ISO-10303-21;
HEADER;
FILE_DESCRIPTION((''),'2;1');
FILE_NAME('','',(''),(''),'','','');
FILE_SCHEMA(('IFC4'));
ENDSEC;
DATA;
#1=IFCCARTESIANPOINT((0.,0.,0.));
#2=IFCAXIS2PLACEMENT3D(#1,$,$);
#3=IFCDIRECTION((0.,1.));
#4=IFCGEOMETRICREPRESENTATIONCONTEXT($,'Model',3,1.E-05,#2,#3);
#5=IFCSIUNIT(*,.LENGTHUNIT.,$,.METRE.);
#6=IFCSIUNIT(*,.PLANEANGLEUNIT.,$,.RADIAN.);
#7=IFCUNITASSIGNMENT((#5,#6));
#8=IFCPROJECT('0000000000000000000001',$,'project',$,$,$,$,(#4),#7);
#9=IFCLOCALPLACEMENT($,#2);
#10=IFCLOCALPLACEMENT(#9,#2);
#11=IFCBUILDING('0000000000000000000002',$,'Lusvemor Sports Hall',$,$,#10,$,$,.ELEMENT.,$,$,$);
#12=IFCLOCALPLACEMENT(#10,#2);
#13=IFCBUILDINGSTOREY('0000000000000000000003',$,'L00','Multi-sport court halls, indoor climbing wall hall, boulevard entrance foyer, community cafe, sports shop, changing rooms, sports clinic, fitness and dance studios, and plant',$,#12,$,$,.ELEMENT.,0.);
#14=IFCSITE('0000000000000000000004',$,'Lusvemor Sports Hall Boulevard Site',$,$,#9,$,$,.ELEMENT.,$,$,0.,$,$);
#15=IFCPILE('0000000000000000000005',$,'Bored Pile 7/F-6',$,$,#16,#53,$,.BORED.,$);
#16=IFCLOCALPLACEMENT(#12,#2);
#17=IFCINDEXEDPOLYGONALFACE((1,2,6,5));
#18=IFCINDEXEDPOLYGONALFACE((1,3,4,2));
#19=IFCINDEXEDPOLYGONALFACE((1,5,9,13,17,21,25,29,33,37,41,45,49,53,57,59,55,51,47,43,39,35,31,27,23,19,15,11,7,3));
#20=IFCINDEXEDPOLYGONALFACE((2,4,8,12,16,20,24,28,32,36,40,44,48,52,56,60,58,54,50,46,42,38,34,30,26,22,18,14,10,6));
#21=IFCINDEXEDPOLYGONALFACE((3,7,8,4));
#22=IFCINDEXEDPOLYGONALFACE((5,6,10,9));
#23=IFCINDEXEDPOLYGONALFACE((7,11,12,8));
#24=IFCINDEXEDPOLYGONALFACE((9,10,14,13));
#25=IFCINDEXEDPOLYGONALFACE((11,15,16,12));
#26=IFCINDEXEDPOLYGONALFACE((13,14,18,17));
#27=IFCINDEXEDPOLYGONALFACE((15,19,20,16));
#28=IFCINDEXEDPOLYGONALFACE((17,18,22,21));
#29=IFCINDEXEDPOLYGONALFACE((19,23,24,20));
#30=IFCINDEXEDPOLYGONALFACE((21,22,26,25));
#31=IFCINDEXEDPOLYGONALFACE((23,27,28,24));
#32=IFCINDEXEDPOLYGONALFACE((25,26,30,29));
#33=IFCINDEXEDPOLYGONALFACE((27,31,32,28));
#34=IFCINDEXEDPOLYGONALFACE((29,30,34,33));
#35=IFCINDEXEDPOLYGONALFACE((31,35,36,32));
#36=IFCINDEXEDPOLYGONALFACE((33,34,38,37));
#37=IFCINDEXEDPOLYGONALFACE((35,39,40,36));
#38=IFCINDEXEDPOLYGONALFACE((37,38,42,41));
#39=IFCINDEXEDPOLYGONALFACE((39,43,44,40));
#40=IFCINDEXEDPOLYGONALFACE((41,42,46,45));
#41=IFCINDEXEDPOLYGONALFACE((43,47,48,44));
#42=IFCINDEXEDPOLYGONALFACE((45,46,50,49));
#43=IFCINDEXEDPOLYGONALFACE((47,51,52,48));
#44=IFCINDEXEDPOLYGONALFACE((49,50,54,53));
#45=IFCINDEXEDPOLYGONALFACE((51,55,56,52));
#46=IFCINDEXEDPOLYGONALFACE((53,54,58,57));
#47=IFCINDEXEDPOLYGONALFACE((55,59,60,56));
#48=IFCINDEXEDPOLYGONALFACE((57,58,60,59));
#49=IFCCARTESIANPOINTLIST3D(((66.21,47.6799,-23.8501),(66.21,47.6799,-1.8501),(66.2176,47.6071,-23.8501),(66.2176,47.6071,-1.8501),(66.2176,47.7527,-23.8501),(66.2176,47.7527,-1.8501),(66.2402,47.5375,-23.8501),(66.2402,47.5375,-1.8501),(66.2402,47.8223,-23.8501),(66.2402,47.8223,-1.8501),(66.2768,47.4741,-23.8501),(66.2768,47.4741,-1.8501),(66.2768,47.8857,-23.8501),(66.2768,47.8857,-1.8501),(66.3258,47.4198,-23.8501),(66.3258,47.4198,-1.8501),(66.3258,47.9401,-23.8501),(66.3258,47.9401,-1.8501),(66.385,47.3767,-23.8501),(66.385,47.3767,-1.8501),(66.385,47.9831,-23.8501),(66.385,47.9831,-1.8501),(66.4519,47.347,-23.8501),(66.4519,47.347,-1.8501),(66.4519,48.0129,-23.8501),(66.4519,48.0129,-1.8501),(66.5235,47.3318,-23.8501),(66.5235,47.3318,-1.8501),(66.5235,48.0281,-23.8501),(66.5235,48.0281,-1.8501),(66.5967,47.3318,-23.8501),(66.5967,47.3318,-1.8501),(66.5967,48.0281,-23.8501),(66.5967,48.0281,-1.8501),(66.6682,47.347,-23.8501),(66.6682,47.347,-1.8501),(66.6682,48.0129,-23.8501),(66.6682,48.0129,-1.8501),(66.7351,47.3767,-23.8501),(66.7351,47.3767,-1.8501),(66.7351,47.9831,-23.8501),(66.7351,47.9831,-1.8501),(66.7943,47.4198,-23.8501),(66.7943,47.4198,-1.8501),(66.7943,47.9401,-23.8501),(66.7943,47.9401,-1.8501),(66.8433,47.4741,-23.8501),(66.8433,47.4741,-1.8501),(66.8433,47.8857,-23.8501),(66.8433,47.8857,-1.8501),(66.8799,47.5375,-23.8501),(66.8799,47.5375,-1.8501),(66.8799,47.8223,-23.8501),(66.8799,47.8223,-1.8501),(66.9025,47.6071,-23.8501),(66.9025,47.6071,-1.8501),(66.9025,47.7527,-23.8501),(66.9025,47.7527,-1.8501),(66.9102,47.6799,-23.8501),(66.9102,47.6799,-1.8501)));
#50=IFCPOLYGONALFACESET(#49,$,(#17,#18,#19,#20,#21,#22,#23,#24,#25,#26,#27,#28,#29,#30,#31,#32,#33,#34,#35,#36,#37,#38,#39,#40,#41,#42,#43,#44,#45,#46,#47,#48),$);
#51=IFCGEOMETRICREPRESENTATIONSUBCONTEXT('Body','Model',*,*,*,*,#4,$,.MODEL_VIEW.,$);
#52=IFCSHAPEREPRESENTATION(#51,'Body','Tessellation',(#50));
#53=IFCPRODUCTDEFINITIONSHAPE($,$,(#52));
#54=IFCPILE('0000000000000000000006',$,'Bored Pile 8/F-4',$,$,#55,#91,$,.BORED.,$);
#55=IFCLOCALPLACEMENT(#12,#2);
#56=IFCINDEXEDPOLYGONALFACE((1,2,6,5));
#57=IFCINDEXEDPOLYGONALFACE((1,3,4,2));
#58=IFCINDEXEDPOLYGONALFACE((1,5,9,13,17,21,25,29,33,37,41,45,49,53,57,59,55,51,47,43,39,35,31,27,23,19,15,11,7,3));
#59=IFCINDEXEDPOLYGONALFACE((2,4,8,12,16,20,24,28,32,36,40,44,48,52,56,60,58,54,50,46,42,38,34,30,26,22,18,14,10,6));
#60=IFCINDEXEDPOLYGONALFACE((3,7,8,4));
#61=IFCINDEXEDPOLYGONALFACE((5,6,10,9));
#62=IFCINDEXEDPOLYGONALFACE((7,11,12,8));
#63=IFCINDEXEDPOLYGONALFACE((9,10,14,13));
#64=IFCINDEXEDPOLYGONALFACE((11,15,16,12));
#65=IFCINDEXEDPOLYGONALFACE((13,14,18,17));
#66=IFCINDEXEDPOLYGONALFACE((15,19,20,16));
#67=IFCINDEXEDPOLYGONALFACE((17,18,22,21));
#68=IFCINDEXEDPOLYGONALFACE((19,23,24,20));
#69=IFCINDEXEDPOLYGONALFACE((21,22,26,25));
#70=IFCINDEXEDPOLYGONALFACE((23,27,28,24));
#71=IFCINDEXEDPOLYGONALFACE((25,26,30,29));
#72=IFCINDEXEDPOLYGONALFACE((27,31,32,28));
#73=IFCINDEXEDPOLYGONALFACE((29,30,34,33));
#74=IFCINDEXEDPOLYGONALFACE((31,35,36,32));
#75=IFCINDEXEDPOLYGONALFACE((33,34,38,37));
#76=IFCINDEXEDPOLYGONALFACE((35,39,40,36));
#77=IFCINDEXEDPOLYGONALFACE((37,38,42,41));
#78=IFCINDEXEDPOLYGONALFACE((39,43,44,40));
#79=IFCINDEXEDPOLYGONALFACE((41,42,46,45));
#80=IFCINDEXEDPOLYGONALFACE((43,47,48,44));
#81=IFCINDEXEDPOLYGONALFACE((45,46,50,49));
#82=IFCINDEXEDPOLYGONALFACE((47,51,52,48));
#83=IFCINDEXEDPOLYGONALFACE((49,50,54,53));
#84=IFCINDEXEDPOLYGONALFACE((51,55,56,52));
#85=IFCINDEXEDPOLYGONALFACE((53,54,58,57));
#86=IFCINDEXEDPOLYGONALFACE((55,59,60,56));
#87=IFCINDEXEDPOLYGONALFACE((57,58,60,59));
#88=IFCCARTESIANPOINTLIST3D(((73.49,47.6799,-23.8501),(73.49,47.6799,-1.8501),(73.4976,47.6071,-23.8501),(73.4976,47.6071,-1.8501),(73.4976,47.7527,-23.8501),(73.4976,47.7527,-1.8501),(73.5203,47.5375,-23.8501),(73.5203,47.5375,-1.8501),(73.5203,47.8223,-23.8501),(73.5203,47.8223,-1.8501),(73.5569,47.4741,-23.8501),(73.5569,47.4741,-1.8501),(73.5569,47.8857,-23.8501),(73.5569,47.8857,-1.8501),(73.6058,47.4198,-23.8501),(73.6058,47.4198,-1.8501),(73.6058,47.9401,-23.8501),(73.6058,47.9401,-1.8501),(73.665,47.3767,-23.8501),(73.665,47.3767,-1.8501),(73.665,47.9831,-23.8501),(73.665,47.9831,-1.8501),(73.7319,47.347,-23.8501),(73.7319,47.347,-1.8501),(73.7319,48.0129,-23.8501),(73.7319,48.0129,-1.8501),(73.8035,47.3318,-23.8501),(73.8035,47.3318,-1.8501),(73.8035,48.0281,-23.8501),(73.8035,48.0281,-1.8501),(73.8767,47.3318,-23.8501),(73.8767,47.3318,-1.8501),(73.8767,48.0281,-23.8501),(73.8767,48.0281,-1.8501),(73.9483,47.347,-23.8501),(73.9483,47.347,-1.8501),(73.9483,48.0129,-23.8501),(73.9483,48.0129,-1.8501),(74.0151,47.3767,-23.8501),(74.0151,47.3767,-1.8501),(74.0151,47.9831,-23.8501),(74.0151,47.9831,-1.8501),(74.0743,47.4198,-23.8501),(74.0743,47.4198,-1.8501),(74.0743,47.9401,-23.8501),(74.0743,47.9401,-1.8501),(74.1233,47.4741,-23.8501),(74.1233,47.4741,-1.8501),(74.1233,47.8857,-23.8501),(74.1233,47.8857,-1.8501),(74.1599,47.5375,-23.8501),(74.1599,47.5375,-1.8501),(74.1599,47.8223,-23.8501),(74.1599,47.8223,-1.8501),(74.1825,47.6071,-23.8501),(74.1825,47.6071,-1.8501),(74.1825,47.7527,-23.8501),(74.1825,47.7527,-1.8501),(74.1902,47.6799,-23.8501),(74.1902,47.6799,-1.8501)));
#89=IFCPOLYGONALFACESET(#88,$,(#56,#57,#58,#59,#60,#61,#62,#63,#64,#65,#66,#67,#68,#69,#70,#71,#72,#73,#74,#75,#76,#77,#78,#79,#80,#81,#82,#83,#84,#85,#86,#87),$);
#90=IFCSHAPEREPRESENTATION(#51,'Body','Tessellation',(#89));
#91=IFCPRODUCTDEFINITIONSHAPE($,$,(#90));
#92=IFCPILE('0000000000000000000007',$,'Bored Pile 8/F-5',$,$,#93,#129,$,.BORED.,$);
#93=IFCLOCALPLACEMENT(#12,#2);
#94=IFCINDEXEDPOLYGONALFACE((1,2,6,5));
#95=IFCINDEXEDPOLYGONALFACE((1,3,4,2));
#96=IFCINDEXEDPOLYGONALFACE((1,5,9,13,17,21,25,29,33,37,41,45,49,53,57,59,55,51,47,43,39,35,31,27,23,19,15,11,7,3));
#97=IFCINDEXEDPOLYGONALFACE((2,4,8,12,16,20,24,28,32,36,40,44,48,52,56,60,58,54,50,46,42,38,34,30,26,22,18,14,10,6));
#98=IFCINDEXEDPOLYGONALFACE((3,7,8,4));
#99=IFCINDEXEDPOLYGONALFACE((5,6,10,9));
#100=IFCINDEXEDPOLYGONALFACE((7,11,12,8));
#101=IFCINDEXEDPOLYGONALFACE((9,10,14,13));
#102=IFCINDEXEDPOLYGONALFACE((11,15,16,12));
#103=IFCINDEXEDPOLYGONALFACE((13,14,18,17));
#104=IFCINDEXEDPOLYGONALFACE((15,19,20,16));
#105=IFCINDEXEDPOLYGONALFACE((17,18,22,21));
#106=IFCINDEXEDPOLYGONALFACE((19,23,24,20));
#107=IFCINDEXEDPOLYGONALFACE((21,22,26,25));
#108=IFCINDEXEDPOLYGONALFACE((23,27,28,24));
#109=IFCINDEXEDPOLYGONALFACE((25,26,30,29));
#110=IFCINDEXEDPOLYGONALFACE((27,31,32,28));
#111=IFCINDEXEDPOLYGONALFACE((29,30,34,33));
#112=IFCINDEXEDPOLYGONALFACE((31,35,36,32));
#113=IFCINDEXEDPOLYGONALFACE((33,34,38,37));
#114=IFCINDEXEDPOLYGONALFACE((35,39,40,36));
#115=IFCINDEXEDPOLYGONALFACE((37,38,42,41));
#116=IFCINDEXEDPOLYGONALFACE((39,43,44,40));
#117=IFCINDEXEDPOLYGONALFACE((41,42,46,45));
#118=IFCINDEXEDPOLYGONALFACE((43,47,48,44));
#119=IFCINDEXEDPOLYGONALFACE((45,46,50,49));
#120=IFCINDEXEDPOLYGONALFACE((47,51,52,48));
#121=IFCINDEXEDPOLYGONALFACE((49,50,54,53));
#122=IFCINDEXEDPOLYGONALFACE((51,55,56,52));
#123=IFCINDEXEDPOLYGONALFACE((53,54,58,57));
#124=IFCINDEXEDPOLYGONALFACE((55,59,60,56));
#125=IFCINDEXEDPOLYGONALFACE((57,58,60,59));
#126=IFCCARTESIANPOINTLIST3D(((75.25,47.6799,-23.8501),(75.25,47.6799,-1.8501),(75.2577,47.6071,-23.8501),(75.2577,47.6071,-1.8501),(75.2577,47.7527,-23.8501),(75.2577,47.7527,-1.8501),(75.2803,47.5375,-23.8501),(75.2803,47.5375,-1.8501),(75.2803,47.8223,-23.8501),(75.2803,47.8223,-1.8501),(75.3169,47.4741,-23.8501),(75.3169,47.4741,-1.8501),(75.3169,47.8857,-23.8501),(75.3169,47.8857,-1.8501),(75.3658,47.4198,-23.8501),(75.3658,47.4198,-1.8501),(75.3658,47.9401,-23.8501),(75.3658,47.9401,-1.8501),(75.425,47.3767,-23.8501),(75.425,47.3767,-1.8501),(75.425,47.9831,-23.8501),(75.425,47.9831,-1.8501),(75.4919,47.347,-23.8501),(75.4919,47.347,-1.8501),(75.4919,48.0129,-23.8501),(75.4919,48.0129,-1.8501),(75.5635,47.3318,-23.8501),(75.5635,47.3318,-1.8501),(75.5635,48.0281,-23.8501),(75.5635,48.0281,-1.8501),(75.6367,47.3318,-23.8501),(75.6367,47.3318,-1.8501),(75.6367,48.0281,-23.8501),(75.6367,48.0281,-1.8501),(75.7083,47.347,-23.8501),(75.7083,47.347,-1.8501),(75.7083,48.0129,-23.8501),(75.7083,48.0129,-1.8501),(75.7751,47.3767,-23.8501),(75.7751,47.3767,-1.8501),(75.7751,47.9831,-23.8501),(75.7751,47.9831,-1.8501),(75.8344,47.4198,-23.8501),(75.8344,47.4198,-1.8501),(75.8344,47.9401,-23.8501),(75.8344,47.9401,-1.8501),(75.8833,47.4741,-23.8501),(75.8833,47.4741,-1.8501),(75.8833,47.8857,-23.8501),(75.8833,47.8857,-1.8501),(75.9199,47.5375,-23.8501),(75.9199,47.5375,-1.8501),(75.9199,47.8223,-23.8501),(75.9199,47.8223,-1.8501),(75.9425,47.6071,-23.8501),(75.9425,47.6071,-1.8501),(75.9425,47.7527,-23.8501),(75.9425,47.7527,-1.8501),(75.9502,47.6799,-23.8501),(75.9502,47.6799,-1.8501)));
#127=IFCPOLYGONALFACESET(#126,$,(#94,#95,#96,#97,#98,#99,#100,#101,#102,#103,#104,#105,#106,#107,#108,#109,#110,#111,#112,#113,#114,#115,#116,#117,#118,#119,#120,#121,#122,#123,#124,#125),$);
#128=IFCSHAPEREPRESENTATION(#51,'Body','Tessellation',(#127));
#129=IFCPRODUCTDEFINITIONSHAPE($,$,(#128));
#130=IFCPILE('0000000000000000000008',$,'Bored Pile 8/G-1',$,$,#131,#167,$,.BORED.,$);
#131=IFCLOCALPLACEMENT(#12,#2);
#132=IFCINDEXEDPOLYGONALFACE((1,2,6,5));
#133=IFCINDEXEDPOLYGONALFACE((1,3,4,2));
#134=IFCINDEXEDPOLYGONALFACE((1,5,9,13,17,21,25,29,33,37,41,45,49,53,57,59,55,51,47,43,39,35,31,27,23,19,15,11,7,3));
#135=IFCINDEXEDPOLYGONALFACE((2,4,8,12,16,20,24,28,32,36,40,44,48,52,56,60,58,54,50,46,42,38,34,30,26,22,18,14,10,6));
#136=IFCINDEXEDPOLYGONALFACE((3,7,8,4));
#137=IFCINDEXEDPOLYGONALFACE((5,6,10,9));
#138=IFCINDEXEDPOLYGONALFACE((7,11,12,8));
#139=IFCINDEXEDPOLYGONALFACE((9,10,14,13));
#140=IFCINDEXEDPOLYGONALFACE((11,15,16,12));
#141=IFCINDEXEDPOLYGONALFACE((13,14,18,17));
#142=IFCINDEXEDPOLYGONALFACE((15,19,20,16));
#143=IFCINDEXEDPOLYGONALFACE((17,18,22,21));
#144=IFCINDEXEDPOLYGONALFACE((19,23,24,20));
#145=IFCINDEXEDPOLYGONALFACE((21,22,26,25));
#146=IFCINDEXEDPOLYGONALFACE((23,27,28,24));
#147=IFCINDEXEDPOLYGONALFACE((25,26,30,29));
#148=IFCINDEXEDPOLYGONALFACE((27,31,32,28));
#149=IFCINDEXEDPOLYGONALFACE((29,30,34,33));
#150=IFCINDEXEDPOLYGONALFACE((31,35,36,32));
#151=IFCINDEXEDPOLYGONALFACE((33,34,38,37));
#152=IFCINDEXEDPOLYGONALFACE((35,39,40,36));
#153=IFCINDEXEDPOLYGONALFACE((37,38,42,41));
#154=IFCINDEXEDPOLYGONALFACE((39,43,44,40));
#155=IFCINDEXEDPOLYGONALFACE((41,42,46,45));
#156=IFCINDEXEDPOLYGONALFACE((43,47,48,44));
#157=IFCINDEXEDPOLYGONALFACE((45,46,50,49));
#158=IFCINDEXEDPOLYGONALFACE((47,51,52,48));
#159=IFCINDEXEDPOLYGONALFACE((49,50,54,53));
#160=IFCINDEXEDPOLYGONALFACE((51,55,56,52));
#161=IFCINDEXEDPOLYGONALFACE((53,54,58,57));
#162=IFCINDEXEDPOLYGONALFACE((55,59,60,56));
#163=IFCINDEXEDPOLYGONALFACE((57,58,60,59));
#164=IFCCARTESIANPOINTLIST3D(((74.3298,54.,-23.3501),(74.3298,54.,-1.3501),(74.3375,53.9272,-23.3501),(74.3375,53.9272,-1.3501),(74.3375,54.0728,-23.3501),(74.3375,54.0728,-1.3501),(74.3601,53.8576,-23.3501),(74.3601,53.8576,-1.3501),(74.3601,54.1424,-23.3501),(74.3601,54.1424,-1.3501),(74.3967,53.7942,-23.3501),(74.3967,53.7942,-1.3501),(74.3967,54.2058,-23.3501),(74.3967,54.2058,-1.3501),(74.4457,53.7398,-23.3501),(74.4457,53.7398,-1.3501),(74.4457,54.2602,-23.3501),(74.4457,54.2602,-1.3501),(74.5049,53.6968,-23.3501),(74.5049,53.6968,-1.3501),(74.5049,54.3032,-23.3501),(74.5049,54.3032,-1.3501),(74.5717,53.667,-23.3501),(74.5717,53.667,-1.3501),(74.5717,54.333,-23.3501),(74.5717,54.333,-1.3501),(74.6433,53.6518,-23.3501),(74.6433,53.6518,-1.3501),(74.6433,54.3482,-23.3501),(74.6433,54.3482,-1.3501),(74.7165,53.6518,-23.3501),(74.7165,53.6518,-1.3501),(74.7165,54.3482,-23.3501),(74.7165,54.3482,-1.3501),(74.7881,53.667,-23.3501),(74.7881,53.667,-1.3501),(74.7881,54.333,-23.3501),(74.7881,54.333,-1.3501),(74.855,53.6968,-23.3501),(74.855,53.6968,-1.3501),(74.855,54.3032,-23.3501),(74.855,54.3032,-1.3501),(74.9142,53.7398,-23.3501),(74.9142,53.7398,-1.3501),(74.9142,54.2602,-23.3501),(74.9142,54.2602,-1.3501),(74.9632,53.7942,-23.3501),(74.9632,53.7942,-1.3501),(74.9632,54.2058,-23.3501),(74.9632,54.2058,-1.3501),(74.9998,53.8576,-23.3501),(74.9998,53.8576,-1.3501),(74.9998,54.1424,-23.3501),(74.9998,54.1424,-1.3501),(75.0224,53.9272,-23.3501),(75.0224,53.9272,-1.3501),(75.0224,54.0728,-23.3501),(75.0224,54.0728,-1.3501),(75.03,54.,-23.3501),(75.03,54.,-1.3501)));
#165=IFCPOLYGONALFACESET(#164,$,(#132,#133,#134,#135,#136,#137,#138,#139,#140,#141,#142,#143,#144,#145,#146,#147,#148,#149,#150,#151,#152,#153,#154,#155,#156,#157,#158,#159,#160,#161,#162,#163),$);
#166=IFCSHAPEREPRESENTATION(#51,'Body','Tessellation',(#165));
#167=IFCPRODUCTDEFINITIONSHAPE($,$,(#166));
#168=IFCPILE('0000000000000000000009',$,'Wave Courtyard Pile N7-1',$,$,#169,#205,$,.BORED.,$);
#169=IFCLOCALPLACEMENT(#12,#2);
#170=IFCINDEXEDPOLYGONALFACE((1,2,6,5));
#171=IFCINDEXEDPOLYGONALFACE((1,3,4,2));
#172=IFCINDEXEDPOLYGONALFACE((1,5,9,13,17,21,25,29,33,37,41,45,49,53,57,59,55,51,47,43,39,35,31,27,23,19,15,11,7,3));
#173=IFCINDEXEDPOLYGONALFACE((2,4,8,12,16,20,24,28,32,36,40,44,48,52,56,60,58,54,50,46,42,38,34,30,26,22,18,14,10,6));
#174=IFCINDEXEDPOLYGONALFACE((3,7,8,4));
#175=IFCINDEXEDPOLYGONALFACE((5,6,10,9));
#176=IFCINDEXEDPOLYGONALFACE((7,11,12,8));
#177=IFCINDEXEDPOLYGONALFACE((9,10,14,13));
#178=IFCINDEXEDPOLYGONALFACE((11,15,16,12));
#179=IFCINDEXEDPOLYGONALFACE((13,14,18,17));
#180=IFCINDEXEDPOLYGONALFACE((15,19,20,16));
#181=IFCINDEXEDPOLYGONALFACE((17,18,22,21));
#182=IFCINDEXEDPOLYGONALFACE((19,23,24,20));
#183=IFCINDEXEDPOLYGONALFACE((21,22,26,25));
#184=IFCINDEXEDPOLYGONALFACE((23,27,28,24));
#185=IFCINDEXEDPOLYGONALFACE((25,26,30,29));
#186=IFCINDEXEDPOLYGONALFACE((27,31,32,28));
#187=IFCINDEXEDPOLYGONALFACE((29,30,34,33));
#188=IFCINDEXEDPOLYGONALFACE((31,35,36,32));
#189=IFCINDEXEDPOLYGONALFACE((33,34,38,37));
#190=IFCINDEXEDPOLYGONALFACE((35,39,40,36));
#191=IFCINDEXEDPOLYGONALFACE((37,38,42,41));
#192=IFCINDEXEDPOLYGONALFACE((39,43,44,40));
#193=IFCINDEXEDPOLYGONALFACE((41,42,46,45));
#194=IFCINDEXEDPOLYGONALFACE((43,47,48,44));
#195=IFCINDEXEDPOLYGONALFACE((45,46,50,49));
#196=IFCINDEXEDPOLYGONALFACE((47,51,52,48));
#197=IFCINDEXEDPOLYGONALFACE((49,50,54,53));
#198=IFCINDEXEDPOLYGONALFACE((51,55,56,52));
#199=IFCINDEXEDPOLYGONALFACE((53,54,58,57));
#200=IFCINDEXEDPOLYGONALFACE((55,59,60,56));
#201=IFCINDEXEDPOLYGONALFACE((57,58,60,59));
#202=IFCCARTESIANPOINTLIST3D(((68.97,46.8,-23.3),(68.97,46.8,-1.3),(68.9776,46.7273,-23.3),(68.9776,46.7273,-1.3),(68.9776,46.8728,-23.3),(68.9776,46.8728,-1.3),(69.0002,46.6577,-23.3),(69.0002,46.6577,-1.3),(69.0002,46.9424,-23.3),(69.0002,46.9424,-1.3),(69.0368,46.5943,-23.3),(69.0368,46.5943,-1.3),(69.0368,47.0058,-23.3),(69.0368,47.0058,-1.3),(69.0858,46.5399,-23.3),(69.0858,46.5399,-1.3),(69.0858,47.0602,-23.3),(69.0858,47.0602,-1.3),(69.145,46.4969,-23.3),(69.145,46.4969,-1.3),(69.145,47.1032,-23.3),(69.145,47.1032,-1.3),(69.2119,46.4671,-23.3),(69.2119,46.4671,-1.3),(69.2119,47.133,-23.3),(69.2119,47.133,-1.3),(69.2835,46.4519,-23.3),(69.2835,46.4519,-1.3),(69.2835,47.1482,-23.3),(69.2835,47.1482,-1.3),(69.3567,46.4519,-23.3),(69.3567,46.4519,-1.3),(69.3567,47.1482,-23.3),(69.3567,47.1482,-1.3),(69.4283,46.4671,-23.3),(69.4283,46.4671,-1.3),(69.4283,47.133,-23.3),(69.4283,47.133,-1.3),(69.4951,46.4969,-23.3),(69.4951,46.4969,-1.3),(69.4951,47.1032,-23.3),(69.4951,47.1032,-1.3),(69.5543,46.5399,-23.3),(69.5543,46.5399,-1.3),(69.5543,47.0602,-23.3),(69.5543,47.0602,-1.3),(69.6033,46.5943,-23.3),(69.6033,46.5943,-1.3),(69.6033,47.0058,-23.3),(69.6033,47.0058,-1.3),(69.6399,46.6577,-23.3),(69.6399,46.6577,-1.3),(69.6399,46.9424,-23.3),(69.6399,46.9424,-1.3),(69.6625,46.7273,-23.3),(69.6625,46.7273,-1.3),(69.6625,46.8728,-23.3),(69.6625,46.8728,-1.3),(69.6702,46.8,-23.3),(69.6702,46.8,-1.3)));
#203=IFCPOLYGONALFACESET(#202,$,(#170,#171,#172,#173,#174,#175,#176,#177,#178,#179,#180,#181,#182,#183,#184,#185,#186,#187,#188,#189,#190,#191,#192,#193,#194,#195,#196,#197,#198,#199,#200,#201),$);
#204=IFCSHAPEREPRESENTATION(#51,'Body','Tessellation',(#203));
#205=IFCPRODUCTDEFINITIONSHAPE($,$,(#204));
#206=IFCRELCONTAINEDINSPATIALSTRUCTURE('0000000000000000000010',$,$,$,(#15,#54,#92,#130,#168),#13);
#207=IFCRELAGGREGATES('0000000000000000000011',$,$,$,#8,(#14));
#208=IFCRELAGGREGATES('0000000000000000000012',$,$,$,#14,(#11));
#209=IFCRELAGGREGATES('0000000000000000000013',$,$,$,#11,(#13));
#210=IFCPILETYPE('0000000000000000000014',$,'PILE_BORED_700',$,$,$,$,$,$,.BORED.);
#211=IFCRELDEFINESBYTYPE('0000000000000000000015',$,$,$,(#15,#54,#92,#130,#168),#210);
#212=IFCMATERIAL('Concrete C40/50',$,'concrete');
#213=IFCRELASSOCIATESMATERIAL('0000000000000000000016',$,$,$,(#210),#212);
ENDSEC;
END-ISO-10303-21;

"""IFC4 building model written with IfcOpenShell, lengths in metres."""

from ifc_helpers import new_model, si_unit, direction, frame, origin, origin_2d, place, context, subcontext, project, spatial, circle, extrude, material, material_profile, profile_set, type_object, element, save


model = new_model("IFC4")

# Units and contexts
model_context = context("Model", 3, precision=1e-05, world=origin(), true_north=direction((0.0, 1.0)))
body_context = subcontext(model_context, "Body", "Model", "MODEL_VIEW")
ifc_project = project(units=[si_unit("LENGTHUNIT", "METRE"), si_unit("PLANEANGLEUNIT", "RADIAN")], contexts=[model_context])

# Site, building, storey
site_placement = place(None, origin())
site = spatial("IfcSite", under=ifc_project, at=site_placement, Name="Lusvemor Sports Hall Boulevard Site", CompositionType="ELEMENT", RefElevation=0.0)
building_placement = place(site_placement, origin())
building = spatial("IfcBuilding", under=site, at=building_placement, Name="Lusvemor Sports Hall", CompositionType="ELEMENT")
storey_placement = place(building_placement, origin())
storey = spatial("IfcBuildingStorey", under=building, at=storey_placement, Name="L00", Description="Multi-sport court halls, indoor climbing wall hall, boulevard entrance foyer, community cafe, sports shop, changing rooms, sports clinic, fitness and dance studios, and plant", CompositionType="ELEMENT", Elevation=0.0)

# Piles
ifc_material_1 = material(Name="Concrete C40/50", Category="concrete")
ifc_material_profile_1 = material_profile(ifc_material_1, circle(Radius=0.3501, at=origin_2d()), Name="PILE700")
ifc_profile_set_1 = profile_set([ifc_material_profile_1], Name="Concrete C40/50")
pile_type = type_object("IfcPileType", Name="PILE_BORED_700", PredefinedType="BORED", material=ifc_profile_set_1)
for number, where, z_axis, x_axis, name in (
    (1, (66.5601, 47.6799, -1.8501), (0.0, 0.0, -1.0), (1.0, 0.0, 0.0), "Bored Pile 7/F-6"),
    (2, (73.8401, 47.6799, -1.8501), (0.0, 0.0, -1.0), (1.0, 0.0, 0.0), "Bored Pile 8/F-4"),
    (3, (75.6001, 47.6799, -1.8501), (0.0, 0.0, -1.0), (1.0, 0.0, 0.0), "Bored Pile 8/F-5"),
    (4, (74.6799, 54.0, -1.3501), (0.0, 0.0, -1.0), (1.0, 0.0, 0.0), "Bored Pile 8/G-1"),
    (5, (69.3201, 46.8, -1.3), (0.0, 0.0, -1.0), (1.0, 0.0, 0.0), "Wave Courtyard Pile N7-1"),
):
    element("IfcPile", number, at=place(storey_placement, frame(where, z_axis=z_axis, x_axis=x_axis)), inside=storey, type_object=pile_type, Name=name, PredefinedType="BORED", context=body_context, shape_type="SweptSolid", body=[
        extrude(circle(Radius=0.3501, at=origin_2d()), origin(), (0.0, 0.0, 1.0), 22.0),
    ])

save(model, "model.ifc")
